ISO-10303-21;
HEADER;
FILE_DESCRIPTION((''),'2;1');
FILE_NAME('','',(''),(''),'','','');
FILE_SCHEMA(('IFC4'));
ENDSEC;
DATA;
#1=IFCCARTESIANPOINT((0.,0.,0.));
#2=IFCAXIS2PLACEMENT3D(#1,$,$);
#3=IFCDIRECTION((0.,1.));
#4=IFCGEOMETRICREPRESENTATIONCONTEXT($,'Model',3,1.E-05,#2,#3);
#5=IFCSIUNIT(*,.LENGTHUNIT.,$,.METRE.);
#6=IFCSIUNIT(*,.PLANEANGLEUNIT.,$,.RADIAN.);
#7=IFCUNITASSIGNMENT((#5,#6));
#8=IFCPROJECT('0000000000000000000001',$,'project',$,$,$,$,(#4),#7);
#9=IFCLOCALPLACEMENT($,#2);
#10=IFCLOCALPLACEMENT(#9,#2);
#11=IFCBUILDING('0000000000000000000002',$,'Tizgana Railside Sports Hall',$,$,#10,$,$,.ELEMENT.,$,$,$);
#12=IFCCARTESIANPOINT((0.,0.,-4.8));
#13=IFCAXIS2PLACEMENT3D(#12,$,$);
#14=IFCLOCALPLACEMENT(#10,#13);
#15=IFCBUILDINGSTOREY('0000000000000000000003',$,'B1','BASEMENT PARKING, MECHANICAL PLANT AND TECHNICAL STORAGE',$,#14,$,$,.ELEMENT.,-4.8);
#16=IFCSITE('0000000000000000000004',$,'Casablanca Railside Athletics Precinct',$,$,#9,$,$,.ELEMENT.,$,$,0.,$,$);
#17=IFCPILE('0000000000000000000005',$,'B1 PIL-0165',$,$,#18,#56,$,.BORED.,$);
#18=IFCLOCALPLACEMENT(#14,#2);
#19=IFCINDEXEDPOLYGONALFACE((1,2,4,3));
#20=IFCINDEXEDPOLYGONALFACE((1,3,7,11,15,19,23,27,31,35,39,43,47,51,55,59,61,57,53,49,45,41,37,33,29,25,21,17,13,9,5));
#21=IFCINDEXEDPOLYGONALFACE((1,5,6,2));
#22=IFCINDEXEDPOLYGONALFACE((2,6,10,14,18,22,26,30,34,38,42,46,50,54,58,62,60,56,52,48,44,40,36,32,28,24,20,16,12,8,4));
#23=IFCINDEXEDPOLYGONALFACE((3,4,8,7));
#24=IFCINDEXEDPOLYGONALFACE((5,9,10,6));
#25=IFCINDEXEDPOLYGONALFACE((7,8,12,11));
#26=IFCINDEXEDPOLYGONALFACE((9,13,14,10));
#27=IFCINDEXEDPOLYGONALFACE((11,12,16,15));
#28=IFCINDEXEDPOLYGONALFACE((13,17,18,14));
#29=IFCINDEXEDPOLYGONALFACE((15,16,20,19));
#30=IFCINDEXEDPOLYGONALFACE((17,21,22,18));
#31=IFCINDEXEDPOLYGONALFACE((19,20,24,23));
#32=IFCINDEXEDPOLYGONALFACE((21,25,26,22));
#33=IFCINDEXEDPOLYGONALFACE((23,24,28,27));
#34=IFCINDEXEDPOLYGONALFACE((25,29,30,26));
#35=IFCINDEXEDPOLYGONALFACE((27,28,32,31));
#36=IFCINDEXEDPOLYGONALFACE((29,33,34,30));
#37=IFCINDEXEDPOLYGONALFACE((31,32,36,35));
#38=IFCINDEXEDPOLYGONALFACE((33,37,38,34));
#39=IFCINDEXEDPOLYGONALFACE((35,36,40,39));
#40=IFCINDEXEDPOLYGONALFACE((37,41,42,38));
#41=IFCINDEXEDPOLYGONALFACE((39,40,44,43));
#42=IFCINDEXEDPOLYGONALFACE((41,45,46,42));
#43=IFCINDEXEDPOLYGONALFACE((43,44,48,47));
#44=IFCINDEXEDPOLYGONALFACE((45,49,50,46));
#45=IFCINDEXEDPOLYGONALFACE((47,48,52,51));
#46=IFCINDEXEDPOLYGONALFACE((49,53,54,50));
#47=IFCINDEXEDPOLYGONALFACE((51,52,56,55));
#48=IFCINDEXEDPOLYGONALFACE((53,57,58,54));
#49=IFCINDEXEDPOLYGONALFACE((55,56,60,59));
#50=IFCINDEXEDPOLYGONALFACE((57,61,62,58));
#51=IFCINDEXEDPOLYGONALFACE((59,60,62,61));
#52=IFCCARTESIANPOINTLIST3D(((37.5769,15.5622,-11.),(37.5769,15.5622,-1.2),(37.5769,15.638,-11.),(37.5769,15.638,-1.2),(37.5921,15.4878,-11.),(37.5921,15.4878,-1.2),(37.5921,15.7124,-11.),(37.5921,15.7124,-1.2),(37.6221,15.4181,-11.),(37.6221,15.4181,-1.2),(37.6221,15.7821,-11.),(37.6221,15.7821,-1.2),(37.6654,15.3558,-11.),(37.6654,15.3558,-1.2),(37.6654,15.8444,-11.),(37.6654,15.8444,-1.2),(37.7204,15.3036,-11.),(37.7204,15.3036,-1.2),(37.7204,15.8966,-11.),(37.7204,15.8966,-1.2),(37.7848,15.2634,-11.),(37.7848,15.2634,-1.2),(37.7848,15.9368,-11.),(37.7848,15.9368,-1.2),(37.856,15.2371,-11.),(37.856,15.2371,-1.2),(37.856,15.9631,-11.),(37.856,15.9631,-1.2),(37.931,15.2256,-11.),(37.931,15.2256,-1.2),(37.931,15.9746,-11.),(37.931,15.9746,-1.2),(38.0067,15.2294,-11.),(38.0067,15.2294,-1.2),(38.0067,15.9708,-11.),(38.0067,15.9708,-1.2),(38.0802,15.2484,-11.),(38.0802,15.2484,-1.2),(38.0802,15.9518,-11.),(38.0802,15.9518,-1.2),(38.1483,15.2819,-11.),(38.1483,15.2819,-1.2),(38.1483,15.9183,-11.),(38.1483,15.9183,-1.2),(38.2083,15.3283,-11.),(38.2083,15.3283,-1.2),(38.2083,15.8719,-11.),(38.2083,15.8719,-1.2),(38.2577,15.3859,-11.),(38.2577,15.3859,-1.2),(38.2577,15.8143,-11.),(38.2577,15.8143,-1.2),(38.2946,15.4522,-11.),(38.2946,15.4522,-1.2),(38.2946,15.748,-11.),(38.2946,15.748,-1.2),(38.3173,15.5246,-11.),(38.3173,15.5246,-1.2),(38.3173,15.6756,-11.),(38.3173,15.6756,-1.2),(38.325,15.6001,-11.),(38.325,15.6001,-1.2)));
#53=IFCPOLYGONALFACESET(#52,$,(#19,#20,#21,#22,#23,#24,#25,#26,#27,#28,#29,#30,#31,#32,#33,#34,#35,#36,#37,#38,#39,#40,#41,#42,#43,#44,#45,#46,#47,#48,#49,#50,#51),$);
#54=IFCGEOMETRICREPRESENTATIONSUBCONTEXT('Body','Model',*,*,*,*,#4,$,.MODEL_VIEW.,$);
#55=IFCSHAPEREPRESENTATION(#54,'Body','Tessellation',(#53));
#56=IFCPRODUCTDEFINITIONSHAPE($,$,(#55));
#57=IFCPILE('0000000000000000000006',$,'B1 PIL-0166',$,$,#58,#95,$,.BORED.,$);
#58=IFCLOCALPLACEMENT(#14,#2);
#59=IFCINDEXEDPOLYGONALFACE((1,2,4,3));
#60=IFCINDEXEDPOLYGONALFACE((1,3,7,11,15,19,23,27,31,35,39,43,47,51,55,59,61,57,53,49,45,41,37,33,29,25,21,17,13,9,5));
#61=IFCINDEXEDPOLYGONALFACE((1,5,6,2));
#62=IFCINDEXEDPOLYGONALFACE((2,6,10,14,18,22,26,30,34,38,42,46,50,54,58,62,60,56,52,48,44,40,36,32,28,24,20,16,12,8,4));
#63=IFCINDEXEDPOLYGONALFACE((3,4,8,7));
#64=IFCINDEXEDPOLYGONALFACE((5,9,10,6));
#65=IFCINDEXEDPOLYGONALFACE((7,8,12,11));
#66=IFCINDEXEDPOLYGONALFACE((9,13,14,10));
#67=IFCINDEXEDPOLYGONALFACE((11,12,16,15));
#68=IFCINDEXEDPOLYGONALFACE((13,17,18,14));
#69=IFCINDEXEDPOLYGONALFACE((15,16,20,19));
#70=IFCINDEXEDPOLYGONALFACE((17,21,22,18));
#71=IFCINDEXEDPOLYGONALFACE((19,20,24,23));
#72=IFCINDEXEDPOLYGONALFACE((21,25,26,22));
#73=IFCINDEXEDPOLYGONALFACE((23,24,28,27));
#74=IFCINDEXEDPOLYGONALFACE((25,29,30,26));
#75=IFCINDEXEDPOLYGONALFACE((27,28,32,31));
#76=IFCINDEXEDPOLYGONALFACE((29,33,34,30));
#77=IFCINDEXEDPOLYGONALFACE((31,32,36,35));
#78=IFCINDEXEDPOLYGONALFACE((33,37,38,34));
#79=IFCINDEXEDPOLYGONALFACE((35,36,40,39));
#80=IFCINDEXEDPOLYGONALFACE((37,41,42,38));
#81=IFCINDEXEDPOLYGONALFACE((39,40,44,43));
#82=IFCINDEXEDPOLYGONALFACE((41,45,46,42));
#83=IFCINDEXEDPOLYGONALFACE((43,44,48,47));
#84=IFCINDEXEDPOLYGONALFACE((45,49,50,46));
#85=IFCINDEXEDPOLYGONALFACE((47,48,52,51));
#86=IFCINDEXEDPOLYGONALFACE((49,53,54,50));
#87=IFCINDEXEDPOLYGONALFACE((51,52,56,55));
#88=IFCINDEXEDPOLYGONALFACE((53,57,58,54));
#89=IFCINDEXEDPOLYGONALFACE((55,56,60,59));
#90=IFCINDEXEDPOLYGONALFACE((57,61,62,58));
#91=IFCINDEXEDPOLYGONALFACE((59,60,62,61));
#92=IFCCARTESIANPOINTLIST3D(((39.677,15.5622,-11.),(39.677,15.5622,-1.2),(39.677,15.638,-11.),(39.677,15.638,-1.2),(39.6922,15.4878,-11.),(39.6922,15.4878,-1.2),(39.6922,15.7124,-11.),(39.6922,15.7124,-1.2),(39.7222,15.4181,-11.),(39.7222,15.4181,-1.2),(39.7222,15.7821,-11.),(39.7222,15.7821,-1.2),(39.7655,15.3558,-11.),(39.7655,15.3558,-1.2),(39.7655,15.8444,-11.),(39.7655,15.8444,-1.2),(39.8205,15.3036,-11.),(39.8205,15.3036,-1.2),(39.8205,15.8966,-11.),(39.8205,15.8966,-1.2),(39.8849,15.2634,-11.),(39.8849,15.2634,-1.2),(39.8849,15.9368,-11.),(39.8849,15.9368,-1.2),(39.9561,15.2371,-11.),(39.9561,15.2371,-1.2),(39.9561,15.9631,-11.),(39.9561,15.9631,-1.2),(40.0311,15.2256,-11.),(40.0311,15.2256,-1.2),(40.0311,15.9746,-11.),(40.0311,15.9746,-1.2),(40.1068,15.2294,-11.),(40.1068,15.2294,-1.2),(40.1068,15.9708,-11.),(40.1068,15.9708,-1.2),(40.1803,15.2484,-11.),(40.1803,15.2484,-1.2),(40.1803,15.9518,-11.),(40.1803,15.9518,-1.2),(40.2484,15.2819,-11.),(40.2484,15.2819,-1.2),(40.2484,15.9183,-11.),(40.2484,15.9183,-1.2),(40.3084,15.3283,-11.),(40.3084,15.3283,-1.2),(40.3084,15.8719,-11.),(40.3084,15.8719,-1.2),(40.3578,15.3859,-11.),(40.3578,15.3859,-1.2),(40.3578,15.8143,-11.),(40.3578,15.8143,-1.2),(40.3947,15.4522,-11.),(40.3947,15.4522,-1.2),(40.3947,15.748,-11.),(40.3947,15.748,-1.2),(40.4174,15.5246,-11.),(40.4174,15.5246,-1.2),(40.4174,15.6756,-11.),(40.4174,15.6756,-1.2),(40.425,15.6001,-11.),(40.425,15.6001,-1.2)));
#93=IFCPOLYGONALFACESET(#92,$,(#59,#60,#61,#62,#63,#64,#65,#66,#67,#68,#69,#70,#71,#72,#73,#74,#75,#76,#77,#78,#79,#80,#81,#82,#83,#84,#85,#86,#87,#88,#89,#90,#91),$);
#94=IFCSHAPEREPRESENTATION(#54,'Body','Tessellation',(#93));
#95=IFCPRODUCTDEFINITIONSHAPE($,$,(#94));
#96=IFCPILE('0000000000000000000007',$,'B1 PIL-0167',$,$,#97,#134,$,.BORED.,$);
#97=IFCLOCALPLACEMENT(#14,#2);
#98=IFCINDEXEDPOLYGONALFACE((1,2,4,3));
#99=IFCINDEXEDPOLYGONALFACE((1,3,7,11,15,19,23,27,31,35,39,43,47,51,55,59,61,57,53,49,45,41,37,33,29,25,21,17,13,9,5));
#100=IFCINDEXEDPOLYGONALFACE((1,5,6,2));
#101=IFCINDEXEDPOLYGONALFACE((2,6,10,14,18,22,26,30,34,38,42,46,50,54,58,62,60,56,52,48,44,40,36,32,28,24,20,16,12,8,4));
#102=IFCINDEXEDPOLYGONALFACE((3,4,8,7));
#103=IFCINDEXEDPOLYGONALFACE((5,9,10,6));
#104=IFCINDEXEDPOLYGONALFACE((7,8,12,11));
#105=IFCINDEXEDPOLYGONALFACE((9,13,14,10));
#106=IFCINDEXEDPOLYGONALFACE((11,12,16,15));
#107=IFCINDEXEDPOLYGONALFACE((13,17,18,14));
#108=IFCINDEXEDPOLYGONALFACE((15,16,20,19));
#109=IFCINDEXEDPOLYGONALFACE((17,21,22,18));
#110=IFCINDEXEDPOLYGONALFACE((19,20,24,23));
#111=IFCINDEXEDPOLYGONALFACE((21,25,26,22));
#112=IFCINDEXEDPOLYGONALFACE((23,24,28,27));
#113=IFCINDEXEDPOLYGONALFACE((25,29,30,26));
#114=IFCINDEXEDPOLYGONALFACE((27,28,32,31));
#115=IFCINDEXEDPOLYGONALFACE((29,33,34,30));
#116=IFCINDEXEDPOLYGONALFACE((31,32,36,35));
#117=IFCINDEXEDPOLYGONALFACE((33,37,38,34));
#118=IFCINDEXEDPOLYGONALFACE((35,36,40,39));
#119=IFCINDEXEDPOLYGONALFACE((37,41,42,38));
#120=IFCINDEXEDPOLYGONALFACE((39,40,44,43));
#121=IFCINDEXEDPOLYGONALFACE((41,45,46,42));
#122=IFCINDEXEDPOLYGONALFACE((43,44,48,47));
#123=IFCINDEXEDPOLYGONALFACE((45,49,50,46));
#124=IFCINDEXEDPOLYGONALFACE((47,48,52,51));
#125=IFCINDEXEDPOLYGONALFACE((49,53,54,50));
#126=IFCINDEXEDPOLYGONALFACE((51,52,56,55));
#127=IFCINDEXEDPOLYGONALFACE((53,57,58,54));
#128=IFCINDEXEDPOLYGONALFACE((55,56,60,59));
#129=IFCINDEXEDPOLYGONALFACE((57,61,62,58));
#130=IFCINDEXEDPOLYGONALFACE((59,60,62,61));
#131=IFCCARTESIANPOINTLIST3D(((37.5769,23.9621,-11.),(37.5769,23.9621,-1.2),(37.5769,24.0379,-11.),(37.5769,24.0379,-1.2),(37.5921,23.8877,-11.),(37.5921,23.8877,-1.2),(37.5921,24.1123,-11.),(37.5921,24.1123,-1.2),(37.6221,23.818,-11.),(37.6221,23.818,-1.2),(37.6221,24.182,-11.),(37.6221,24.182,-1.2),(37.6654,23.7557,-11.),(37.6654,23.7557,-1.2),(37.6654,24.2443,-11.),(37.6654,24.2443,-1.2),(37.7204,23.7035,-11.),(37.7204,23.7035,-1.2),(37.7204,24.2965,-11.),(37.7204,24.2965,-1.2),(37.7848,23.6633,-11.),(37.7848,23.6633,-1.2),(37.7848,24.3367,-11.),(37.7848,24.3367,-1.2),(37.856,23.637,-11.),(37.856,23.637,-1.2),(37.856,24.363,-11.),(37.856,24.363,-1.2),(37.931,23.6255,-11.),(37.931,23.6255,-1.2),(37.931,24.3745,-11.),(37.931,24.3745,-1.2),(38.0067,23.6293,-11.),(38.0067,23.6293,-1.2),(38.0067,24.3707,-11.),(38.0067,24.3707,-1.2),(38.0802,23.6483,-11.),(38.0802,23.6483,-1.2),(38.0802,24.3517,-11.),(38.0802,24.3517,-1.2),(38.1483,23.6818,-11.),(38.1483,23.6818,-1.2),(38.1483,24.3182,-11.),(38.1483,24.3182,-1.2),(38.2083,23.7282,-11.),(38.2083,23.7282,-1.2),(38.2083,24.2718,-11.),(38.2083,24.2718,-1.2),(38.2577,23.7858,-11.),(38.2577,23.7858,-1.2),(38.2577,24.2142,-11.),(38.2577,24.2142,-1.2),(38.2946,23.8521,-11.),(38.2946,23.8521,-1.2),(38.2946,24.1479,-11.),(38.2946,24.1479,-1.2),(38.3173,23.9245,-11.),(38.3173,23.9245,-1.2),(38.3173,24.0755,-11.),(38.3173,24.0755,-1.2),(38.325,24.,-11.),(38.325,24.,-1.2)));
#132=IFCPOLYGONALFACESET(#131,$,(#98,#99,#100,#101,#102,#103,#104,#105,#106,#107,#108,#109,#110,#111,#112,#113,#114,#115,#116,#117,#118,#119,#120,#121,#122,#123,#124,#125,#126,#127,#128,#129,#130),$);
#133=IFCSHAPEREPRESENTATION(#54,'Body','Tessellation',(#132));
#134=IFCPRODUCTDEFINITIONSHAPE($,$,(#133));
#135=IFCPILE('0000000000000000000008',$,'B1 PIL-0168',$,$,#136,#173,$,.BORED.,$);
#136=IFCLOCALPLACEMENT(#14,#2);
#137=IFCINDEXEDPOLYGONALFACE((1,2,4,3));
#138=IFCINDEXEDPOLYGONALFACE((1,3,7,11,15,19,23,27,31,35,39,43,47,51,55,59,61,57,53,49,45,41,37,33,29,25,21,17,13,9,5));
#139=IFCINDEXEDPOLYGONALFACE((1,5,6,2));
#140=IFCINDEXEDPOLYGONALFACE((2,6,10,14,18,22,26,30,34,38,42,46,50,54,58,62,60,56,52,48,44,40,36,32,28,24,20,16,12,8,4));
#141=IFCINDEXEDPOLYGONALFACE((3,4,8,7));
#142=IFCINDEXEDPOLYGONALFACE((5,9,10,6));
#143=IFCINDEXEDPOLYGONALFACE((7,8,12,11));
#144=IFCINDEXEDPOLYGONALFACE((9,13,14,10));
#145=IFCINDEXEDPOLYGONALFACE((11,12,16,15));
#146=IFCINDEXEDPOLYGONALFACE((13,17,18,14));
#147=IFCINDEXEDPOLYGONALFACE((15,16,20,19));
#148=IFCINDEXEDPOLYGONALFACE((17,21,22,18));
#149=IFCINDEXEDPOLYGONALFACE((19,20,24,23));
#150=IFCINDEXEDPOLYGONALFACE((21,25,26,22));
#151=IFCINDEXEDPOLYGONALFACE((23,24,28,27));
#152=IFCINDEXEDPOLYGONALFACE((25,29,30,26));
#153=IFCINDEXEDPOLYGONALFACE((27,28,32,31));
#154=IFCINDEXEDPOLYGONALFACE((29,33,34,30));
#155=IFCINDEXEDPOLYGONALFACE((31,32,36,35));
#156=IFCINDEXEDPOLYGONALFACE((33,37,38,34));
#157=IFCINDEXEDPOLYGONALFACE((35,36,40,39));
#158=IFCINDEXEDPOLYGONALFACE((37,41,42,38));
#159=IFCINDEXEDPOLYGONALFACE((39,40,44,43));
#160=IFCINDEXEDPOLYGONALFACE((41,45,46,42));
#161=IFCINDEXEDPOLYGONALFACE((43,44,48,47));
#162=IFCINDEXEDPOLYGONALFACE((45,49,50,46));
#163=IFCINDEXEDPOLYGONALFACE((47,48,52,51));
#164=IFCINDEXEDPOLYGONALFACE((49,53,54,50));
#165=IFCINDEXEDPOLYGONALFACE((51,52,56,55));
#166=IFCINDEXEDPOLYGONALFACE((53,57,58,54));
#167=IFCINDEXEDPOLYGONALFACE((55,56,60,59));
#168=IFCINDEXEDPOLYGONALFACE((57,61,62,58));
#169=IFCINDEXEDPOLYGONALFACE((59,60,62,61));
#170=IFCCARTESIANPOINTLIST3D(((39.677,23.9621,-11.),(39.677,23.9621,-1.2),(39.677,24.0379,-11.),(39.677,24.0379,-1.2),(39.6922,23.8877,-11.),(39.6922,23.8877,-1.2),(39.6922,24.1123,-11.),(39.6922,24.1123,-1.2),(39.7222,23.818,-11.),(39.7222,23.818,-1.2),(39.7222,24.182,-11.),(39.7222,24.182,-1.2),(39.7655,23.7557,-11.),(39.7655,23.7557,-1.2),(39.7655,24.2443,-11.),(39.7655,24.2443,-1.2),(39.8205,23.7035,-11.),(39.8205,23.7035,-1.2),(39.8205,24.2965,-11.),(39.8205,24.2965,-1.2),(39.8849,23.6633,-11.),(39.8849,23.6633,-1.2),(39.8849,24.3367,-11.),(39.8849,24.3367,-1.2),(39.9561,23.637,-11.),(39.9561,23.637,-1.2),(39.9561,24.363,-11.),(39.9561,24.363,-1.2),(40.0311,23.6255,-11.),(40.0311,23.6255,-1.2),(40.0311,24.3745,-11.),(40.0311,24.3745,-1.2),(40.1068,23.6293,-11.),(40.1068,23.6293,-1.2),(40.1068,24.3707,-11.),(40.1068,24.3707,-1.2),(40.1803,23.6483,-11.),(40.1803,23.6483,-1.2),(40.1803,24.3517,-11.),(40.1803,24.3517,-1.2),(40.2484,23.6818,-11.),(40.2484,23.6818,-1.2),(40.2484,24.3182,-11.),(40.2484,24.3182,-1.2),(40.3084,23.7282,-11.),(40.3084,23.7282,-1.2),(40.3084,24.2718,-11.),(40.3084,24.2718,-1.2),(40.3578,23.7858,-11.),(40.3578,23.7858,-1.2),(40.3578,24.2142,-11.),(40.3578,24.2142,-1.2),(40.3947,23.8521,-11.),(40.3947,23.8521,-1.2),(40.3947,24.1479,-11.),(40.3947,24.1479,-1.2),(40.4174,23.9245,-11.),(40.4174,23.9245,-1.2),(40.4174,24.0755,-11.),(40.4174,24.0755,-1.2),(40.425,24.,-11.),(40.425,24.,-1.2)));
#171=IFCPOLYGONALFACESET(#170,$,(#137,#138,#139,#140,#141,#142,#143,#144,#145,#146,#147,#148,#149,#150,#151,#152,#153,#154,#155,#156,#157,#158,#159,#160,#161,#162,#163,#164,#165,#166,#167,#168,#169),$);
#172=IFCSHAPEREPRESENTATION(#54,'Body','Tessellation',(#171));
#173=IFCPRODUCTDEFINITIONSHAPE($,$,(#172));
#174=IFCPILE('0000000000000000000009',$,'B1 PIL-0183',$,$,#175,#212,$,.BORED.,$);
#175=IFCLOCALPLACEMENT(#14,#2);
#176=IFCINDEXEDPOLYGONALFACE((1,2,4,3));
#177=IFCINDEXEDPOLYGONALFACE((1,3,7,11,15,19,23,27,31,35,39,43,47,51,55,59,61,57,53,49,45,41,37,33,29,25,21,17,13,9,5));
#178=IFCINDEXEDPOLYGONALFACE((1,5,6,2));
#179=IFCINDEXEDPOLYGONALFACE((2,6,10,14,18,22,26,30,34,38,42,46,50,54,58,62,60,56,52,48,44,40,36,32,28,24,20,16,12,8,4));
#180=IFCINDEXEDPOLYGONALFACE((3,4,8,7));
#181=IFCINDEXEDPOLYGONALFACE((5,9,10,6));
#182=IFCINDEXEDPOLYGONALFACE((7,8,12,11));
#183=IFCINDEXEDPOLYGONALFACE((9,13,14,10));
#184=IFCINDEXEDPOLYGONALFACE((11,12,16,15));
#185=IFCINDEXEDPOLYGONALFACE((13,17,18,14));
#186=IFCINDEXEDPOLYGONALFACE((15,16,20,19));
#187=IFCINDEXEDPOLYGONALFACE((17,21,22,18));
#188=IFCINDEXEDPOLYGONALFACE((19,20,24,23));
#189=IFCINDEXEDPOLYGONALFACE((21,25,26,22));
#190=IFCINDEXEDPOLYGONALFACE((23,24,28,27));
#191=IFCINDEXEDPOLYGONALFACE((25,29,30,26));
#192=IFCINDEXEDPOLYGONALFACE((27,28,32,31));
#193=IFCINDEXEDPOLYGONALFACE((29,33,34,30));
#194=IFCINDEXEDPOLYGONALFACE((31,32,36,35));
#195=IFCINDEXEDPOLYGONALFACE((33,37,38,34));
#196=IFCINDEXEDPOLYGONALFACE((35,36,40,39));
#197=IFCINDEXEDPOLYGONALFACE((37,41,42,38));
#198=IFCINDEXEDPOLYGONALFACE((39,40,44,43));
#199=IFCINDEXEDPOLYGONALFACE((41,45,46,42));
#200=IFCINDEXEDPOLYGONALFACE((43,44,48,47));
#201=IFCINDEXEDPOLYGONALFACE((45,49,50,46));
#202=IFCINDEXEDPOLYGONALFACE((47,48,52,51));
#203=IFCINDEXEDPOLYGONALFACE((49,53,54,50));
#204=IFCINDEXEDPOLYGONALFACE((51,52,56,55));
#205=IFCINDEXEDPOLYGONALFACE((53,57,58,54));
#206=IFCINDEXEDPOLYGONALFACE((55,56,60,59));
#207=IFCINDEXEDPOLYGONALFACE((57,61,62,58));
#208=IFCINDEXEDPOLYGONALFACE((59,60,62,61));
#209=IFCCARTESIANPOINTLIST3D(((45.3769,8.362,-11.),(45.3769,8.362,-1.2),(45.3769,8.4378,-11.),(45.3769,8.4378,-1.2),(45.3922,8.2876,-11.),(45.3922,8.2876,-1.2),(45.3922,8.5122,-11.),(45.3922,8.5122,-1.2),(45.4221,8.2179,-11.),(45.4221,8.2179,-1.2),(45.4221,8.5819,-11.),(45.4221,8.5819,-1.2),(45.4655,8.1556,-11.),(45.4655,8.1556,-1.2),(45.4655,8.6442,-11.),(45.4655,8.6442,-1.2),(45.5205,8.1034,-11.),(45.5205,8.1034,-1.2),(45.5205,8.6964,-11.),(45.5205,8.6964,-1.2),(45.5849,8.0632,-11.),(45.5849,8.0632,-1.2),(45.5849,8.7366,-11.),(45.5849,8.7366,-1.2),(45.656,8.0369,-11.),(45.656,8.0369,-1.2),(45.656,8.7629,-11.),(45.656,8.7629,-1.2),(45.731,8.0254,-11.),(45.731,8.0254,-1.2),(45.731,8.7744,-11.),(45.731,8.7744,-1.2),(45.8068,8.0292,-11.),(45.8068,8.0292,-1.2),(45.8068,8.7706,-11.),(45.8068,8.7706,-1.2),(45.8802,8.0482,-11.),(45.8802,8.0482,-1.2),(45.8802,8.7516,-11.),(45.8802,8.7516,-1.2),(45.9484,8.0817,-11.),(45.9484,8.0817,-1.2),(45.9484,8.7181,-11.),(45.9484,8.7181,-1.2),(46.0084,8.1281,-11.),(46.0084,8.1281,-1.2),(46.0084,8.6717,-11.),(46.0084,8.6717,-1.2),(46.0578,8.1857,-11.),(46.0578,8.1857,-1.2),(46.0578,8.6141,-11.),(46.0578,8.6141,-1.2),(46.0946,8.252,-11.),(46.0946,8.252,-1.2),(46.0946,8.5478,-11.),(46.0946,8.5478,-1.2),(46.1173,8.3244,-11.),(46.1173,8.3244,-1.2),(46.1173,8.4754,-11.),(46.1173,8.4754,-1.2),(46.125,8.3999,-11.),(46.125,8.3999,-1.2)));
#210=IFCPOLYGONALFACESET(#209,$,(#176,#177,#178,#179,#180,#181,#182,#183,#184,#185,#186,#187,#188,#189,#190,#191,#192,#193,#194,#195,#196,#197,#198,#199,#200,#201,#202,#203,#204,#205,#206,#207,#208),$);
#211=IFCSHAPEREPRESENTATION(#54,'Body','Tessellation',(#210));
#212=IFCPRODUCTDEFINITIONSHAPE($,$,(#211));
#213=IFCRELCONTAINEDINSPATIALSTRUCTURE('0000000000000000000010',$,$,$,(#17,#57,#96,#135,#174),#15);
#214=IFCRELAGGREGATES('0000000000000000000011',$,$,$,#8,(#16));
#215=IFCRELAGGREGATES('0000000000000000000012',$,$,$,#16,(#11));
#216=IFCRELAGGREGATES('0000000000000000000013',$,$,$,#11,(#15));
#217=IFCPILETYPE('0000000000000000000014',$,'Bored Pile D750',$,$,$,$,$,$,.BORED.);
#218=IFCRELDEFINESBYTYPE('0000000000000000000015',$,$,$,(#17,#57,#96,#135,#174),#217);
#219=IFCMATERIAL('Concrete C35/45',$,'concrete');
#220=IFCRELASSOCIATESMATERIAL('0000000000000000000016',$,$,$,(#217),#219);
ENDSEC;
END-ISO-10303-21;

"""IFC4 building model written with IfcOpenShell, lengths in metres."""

from ifc_helpers import new_model, si_unit, direction, frame, origin, origin_2d, place, context, subcontext, project, spatial, circle, extrude, material, material_profile, profile_set, type_object, element, save


model = new_model("IFC4")

# Units and contexts
model_context = context("Model", 3, precision=1e-05, world=origin(), true_north=direction((0.0, 1.0)))
body_context = subcontext(model_context, "Body", "Model", "MODEL_VIEW")
ifc_project = project(units=[si_unit("LENGTHUNIT", "METRE"), si_unit("PLANEANGLEUNIT", "RADIAN")], contexts=[model_context])

# Site, building, storey
site_placement = place(None, origin())
site = spatial("IfcSite", under=ifc_project, at=site_placement, Name="Casablanca Railside Athletics Precinct", CompositionType="ELEMENT", RefElevation=0.0)
building_placement = place(site_placement, origin())
building = spatial("IfcBuilding", under=site, at=building_placement, Name="Tizgana Railside Sports Hall", CompositionType="ELEMENT")
storey_placement = place(building_placement, frame((0.0, 0.0, -4.8)))
storey = spatial("IfcBuildingStorey", under=building, at=storey_placement, Name="B1", Description="BASEMENT PARKING, MECHANICAL PLANT AND TECHNICAL STORAGE", CompositionType="ELEMENT", Elevation=-4.8)

# Piles
ifc_material_1 = material(Name="Concrete C35/45", Category="concrete")
ifc_material_profile_1 = material_profile(ifc_material_1, circle(Radius=0.375, at=origin_2d()), Name="PILE D750")
ifc_profile_set_1 = profile_set([ifc_material_profile_1], Name="Concrete C35/45")
pile_type = type_object("IfcPileType", Name="Bored Pile D750", PredefinedType="BORED", material=ifc_profile_set_1)
for number, where, z_axis, x_axis, name in (
    (1, (37.95, 15.6001, -1.2), (0.0, 0.0, -1.0), (1.0, 0.0, 0.0), "B1 PIL-0165"),
    (2, (40.05, 15.6001, -1.2), (0.0, 0.0, -1.0), (1.0, 0.0, 0.0), "B1 PIL-0166"),
    (3, (37.95, 24.0, -1.2), (0.0, 0.0, -1.0), (1.0, 0.0, 0.0), "B1 PIL-0167"),
    (4, (40.05, 24.0, -1.2), (0.0, 0.0, -1.0), (1.0, 0.0, 0.0), "B1 PIL-0168"),
    (5, (45.75, 8.3999, -1.2), (0.0, 0.0, -1.0), (1.0, 0.0, 0.0), "B1 PIL-0183"),
):
    element("IfcPile", number, at=place(storey_placement, frame(where, z_axis=z_axis, x_axis=x_axis)), inside=storey, type_object=pile_type, Name=name, PredefinedType="BORED", context=body_context, shape_type="SweptSolid", body=[
        extrude(circle(Radius=0.375, at=origin_2d()), origin(), (0.0, 0.0, 1.0), 9.8),
    ])

save(model, "model.ifc")
